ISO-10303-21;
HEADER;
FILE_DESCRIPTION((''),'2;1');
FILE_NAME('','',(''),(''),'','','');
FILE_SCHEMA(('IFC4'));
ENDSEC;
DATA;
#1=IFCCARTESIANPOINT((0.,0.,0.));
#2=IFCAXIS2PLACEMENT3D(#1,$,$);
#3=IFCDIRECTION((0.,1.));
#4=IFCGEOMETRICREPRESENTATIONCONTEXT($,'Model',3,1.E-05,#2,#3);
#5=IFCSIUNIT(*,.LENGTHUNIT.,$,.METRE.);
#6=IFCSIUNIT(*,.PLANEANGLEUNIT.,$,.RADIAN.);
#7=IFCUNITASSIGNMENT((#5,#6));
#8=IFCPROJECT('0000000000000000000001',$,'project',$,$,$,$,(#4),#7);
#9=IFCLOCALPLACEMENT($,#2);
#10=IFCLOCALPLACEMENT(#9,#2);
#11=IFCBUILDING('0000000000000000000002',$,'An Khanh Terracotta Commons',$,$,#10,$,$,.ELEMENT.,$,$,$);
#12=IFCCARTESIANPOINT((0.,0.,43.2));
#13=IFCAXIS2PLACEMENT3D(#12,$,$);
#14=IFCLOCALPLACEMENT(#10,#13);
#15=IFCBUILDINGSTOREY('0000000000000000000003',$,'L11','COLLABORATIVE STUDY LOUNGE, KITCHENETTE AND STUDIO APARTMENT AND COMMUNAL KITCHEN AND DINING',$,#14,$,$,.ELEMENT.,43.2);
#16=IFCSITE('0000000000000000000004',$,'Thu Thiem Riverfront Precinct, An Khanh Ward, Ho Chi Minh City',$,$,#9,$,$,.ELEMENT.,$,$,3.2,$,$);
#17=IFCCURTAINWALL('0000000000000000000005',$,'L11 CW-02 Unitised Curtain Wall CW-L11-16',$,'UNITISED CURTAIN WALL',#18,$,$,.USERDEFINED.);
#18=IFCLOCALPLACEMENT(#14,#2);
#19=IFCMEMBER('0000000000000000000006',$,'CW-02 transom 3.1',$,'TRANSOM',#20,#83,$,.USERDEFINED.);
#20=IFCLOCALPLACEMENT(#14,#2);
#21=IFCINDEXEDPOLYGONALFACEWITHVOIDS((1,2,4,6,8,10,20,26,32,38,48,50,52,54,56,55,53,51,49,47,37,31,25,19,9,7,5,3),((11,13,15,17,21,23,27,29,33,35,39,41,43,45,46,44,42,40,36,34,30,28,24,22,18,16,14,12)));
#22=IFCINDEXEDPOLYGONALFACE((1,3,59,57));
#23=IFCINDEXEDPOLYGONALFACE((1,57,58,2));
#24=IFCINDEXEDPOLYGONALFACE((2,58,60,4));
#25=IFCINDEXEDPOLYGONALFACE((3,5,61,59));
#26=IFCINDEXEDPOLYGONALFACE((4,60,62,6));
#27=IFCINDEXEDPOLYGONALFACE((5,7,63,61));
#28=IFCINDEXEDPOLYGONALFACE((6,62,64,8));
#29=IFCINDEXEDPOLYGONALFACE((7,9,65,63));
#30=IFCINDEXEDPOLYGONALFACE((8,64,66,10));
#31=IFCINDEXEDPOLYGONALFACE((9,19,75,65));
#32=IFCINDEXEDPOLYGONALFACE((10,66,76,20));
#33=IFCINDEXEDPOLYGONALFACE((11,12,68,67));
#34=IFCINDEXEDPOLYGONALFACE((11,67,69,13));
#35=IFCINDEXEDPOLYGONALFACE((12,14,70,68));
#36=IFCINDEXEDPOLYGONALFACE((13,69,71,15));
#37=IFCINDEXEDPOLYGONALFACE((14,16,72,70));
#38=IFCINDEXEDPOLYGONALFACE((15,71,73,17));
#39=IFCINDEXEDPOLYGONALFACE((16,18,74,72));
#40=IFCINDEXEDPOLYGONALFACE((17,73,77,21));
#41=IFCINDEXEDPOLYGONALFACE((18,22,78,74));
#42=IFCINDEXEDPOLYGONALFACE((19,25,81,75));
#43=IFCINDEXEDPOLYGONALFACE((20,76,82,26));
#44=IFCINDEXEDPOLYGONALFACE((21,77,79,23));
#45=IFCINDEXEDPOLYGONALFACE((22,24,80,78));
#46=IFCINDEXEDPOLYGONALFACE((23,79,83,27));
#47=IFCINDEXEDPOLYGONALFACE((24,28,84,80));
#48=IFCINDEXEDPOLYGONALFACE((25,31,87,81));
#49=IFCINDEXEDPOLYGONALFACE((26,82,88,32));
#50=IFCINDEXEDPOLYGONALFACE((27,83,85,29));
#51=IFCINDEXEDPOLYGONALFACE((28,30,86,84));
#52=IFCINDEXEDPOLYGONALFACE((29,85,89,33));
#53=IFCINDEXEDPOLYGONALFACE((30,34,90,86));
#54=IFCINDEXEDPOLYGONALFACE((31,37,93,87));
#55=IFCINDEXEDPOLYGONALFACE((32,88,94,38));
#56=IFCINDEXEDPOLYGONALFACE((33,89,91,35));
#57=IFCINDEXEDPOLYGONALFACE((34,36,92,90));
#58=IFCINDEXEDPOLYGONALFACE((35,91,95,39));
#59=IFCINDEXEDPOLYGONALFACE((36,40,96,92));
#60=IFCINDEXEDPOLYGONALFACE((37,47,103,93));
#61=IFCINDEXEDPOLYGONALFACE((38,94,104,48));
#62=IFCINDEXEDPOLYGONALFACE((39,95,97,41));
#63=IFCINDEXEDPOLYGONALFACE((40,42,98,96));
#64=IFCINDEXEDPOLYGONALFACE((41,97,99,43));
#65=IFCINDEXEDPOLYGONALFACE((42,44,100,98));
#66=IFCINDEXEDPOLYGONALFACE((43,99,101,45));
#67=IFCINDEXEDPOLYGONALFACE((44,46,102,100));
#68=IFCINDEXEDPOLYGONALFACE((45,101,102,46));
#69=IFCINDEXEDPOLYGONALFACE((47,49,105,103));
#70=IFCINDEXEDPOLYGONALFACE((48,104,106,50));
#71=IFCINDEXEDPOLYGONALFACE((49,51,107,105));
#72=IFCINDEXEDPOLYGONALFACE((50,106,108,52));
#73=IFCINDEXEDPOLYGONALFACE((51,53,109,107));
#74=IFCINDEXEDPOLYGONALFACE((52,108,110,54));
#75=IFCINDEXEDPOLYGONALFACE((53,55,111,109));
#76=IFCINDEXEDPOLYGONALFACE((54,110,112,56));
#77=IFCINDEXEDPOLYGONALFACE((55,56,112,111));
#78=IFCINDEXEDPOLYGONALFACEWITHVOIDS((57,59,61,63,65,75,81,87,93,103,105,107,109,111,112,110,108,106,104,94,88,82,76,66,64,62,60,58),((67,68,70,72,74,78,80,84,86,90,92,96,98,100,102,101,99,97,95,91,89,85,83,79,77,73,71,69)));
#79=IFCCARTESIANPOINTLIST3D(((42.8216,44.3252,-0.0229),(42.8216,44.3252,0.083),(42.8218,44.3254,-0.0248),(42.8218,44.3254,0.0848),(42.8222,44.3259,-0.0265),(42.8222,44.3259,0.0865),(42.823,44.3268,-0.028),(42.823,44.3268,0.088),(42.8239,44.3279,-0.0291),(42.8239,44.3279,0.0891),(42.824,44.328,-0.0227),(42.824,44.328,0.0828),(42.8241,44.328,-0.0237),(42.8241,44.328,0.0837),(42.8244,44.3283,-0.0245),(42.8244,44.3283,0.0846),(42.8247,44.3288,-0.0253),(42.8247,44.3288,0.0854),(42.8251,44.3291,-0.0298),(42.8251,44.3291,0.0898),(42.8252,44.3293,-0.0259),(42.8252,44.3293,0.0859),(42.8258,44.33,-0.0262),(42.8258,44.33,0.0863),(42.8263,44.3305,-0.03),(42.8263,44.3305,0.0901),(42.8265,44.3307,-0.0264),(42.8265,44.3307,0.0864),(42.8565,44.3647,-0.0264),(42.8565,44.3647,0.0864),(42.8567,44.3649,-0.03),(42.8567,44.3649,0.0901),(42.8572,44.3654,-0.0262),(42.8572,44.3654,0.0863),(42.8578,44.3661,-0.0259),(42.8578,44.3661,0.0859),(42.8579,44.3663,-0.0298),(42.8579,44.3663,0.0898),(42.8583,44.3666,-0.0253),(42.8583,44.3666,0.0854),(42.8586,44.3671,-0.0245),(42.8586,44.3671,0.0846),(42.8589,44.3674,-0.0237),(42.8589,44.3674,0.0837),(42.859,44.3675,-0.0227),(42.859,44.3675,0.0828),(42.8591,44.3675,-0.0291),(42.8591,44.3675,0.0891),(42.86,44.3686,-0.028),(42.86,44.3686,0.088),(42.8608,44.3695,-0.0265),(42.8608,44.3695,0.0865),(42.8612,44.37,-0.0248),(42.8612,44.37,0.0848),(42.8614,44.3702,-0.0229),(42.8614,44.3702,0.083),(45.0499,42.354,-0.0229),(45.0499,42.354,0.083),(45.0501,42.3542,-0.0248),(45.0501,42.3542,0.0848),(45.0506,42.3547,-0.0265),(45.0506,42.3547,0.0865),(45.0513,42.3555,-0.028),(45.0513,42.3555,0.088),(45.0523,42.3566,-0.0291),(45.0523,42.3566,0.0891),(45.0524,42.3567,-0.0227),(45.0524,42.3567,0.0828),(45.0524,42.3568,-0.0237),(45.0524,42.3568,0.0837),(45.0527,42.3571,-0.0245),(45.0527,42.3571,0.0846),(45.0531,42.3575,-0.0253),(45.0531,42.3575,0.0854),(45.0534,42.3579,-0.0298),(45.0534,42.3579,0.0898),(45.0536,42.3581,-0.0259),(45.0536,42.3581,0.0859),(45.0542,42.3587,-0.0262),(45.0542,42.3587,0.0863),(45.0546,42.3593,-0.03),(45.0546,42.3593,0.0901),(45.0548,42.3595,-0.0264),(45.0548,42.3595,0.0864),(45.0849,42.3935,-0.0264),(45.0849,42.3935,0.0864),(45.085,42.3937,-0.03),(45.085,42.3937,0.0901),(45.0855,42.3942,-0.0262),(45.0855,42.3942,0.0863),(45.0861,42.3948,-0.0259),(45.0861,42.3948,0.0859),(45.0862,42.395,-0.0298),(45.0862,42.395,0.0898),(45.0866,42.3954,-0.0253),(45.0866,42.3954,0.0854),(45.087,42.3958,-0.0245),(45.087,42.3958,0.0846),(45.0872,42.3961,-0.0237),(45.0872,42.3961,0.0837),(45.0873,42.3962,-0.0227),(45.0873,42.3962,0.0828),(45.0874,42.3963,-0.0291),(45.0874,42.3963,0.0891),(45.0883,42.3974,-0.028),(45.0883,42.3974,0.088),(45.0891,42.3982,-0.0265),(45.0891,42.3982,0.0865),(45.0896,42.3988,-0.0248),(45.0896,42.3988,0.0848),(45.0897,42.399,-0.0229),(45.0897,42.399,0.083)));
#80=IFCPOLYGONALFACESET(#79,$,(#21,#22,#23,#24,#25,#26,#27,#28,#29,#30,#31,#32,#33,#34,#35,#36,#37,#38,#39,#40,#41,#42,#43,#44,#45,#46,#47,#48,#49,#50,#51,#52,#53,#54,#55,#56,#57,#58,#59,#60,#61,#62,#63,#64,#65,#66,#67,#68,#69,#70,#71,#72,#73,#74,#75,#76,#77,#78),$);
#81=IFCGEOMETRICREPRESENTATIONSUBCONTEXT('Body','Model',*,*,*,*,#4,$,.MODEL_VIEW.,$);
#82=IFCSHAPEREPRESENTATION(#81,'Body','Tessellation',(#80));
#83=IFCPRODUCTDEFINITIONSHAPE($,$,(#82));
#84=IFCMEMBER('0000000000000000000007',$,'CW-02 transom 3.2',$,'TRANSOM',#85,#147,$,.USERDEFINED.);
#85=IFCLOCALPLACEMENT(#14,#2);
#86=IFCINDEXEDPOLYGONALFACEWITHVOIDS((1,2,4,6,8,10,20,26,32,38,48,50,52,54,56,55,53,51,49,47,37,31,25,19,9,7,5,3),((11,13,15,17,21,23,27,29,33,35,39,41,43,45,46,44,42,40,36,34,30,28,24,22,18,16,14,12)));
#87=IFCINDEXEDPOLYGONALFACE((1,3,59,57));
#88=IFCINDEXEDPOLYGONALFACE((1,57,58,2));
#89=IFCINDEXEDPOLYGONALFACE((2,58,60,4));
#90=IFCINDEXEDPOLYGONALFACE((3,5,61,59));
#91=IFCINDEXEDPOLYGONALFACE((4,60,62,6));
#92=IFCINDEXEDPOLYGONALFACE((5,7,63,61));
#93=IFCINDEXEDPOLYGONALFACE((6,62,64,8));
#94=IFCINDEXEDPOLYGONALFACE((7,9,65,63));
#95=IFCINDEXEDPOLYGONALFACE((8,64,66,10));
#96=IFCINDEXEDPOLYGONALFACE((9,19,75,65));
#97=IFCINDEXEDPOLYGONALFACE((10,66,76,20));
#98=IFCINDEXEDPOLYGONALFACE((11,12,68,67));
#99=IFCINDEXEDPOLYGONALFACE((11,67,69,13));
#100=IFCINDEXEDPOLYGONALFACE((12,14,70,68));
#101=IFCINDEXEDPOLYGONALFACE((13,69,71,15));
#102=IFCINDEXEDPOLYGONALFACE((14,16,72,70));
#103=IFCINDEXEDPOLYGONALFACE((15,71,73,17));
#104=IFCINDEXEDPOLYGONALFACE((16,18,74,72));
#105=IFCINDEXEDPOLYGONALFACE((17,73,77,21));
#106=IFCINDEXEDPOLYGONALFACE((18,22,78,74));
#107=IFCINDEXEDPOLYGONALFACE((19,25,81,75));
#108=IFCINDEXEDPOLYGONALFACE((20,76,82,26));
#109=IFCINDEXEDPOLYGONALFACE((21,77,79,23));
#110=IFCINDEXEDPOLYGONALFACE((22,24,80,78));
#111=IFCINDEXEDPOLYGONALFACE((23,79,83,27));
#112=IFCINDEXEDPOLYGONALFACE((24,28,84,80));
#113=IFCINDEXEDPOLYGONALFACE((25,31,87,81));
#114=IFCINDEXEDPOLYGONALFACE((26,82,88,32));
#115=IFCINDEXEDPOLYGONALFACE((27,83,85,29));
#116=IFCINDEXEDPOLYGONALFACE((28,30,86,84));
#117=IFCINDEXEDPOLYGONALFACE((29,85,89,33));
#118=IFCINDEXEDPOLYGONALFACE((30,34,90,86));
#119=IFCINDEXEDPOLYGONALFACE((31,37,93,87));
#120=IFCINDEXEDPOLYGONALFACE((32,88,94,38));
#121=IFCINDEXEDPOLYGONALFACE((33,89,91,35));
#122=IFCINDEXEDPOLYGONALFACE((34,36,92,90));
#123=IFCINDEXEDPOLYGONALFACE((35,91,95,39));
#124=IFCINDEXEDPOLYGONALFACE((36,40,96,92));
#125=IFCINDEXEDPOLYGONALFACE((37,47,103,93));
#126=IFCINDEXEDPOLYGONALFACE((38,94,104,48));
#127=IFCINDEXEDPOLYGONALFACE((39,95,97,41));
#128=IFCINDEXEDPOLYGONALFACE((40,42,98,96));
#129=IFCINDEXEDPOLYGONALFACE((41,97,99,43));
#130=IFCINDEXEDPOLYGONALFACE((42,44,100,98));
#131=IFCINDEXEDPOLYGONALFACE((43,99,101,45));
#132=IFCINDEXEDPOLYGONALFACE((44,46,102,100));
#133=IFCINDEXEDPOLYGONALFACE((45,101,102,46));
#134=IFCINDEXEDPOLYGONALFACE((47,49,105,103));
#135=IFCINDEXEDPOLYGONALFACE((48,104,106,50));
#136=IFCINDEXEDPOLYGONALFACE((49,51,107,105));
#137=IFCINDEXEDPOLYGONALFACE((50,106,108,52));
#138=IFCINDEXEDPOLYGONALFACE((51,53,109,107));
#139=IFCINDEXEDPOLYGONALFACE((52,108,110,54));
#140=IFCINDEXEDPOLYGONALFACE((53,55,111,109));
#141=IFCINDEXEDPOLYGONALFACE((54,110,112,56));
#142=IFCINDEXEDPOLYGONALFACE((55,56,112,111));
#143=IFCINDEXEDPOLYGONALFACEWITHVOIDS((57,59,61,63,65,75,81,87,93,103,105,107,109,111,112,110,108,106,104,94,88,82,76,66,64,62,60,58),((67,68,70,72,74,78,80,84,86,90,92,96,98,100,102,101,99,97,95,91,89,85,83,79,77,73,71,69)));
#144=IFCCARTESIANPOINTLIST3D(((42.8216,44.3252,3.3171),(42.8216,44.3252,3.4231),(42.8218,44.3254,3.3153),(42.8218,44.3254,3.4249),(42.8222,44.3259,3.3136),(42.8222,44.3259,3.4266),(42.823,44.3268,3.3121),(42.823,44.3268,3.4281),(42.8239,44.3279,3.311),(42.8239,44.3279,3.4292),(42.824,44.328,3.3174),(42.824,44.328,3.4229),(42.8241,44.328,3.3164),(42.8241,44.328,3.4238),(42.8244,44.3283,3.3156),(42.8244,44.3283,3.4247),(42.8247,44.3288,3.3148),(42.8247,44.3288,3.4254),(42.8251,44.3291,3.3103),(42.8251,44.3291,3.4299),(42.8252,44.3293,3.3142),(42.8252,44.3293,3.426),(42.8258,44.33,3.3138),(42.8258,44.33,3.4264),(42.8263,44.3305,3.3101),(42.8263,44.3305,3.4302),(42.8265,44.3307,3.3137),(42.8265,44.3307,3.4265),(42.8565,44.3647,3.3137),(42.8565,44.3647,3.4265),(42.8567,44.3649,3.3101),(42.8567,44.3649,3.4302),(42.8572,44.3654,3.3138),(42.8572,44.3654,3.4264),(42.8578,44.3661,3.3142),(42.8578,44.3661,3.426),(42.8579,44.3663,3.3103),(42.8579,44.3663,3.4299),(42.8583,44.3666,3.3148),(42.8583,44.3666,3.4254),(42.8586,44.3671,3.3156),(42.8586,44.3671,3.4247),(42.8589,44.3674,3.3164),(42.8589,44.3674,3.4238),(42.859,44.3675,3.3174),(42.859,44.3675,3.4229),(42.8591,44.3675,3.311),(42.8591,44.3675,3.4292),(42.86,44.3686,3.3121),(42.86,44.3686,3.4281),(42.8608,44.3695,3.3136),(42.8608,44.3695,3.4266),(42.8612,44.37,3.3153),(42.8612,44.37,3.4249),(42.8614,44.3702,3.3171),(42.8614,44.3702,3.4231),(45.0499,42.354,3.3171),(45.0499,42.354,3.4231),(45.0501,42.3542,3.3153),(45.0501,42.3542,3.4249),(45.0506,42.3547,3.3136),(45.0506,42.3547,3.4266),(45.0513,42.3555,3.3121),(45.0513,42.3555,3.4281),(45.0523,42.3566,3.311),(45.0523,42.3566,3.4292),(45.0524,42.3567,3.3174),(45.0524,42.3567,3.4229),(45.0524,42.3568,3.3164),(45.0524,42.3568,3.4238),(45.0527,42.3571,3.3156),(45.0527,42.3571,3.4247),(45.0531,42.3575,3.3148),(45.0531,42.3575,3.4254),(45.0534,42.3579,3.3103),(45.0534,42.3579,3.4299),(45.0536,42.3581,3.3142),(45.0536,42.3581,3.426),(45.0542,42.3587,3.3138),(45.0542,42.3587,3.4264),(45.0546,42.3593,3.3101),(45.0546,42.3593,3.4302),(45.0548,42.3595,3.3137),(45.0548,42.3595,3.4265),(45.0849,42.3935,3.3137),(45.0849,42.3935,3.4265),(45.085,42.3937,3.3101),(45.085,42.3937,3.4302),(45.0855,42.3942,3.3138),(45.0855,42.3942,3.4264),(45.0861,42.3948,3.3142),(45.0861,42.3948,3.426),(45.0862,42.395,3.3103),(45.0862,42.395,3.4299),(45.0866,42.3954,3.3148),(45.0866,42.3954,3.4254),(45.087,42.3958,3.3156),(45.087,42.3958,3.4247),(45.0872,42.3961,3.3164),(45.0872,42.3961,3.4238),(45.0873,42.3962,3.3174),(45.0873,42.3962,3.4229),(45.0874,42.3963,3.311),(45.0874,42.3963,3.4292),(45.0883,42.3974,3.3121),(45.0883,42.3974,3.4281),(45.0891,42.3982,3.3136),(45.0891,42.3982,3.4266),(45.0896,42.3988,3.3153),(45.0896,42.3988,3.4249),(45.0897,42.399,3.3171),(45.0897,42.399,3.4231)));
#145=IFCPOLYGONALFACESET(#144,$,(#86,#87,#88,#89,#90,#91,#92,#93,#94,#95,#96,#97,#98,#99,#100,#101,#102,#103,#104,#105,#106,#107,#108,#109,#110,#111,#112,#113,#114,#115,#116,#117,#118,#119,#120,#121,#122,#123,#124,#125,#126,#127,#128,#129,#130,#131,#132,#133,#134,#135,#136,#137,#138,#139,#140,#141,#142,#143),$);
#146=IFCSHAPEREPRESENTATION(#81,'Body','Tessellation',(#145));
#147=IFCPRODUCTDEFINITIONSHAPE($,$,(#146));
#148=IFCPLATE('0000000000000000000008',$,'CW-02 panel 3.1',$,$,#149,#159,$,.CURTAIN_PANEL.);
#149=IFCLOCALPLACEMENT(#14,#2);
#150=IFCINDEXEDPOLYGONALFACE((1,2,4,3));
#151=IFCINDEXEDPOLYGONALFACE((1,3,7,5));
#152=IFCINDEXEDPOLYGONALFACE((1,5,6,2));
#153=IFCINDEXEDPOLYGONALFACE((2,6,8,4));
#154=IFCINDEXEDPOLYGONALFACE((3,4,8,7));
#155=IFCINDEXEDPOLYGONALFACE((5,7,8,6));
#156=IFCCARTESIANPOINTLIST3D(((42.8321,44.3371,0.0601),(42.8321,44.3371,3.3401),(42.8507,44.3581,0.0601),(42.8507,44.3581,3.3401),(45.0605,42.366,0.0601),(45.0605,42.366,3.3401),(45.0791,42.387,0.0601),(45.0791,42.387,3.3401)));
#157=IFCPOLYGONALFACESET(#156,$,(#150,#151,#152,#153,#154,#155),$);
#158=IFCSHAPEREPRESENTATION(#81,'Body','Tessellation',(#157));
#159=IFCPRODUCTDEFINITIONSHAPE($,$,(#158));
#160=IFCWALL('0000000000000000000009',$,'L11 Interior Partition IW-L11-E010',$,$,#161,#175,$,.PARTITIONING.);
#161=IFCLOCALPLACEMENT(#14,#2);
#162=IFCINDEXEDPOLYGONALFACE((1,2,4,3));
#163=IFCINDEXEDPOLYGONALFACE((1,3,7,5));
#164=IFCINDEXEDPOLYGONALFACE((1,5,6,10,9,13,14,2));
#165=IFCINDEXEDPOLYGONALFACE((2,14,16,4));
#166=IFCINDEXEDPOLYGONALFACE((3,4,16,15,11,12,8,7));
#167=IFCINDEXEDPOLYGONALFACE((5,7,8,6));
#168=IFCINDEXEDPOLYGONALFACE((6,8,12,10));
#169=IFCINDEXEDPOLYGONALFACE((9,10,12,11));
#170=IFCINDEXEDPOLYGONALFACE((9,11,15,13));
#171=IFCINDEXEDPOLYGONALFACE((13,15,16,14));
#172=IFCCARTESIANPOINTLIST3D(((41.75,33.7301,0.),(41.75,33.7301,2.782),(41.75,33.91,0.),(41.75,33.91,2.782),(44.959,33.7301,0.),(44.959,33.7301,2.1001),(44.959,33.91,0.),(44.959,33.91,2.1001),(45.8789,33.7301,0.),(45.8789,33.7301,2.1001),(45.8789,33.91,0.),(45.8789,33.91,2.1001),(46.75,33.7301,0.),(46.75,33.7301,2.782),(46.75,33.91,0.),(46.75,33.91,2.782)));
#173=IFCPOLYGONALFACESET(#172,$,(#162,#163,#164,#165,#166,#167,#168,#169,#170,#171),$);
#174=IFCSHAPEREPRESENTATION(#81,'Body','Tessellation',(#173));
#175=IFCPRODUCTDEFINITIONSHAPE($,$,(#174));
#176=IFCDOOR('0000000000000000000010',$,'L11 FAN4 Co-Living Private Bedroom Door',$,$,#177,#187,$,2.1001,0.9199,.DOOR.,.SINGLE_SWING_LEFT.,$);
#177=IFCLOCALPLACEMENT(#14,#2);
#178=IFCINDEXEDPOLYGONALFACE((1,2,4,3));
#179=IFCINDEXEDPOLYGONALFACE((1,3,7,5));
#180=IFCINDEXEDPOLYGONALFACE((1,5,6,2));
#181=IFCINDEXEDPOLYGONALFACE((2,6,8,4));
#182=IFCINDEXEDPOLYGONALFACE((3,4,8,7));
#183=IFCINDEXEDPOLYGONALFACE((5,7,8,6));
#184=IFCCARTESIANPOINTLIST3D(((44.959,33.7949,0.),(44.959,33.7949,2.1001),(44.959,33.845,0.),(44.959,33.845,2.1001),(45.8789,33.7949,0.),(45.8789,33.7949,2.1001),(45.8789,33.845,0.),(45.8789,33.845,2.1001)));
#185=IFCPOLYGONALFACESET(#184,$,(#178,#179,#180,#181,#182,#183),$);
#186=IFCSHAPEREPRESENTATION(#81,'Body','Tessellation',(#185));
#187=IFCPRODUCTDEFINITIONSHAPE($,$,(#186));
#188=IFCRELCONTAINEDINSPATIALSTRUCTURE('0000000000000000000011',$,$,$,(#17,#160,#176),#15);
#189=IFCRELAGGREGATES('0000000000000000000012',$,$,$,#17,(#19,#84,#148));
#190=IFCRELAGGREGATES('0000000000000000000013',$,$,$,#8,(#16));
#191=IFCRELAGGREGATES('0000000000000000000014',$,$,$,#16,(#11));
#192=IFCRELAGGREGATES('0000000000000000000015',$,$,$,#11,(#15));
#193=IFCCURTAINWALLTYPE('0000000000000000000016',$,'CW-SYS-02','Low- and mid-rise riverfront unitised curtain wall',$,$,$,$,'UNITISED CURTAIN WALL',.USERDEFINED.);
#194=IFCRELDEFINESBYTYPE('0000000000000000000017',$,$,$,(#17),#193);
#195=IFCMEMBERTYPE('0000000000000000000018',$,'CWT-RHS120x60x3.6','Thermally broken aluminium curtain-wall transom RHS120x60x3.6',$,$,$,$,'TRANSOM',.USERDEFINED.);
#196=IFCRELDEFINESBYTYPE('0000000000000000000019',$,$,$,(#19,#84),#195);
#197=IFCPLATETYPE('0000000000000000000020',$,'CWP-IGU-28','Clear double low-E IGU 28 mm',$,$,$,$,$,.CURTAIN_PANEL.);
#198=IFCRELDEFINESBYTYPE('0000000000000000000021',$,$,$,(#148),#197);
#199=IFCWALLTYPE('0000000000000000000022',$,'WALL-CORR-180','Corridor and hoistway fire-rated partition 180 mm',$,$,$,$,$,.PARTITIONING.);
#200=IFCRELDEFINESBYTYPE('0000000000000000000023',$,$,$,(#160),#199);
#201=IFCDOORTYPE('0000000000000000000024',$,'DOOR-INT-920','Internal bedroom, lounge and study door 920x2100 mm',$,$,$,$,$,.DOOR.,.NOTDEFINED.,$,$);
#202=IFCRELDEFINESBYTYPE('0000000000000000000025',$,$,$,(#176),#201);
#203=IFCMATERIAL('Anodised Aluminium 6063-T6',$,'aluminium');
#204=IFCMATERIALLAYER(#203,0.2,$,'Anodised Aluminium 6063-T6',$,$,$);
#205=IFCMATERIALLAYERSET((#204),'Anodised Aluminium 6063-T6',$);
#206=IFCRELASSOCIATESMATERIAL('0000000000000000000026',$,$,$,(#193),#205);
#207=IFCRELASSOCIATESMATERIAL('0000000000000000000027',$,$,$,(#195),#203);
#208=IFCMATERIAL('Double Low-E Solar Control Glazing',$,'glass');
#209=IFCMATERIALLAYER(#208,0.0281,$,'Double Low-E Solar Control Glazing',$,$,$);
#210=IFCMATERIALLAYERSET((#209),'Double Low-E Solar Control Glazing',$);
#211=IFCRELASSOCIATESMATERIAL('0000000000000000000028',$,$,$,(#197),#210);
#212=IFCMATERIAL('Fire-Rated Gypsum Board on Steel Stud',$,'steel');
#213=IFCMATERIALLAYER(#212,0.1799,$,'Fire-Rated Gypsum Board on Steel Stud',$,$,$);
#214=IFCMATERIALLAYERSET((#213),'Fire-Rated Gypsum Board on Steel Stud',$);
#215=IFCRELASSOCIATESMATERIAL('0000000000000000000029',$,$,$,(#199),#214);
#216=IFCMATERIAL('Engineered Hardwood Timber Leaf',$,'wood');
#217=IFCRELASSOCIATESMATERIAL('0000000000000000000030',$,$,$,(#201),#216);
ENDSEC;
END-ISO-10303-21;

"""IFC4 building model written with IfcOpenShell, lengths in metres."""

from ifc_helpers import new_model, si_unit, direction, frame, frame_2d, origin, origin_2d, place, context, subcontext, project, spatial, rectangle, hollow_rectangle, extrude, material, layer, layer_set, material_profile, profile_set, type_object, element, fill, aggregate, save


model = new_model("IFC4")

# Units and contexts
model_context = context("Model", 3, precision=1e-05, world=origin(), true_north=direction((0.0, 1.0)))
body_context = subcontext(model_context, "Body", "Model", "MODEL_VIEW")
ifc_project = project(units=[si_unit("LENGTHUNIT", "METRE"), si_unit("PLANEANGLEUNIT", "RADIAN")], contexts=[model_context])

# Site, building, storey
site_placement = place(None, origin())
site = spatial("IfcSite", under=ifc_project, at=site_placement, Name="Thu Thiem Riverfront Precinct, An Khanh Ward, Ho Chi Minh City", CompositionType="ELEMENT", RefElevation=3.2)
building_placement = place(site_placement, origin())
building = spatial("IfcBuilding", under=site, at=building_placement, Name="An Khanh Terracotta Commons", CompositionType="ELEMENT")
storey_placement = place(building_placement, frame((0.0, 0.0, 43.2)))
storey = spatial("IfcBuildingStorey", under=building, at=storey_placement, Name="L11", Description="COLLABORATIVE STUDY LOUNGE, KITCHENETTE AND STUDIO APARTMENT AND COMMUNAL KITCHEN AND DINING", CompositionType="ELEMENT", Elevation=43.2)

# Curtain wall, members, plate
ifc_material_1 = material(Name="Anodised Aluminium 6063-T6", Category="aluminium")
ifc_layer_1 = layer(ifc_material_1, 0.2, Name="Anodised Aluminium 6063-T6")
ifc_layer_set_1 = layer_set([ifc_layer_1], Name="Anodised Aluminium 6063-T6")
curtain_wall_type = type_object("IfcCurtainWallType", Name="CW-SYS-02", Description="Low- and mid-rise riverfront unitised curtain wall", ElementType="UNITISED CURTAIN WALL", PredefinedType="USERDEFINED", material=ifc_layer_set_1)
curtain_wall_placement = place(storey_placement, origin())
curtain_wall = element("IfcCurtainWall", 1, at=curtain_wall_placement, inside=storey, type_object=curtain_wall_type, Name="L11 CW-02 Unitised Curtain Wall CW-L11-16", ObjectType="UNITISED CURTAIN WALL", PredefinedType="USERDEFINED")
ifc_material_profile_1 = material_profile(ifc_material_1, hollow_rectangle(XDim=0.0601, YDim=0.1201, WallThickness=0.0037, InnerFilletRadius=0.0037, OuterFilletRadius=0.0071, at=origin_2d()), Name="RHS120x60x3.6")
ifc_profile_set_1 = profile_set([ifc_material_profile_1], Name="Anodised Aluminium 6063-T6")
member_type_1 = type_object("IfcMemberType", Name="CWT-RHS120x60x3.6", Description="Thermally broken aluminium curtain-wall transom RHS120x60x3.6", ElementType="TRANSOM", PredefinedType="USERDEFINED", material=ifc_profile_set_1)
member_1_placement = place(storey_placement, frame((45.0698, 42.3765, 0.03), z_axis=(-0.748992, 0.662579, 0.0), x_axis=(-0.662579, -0.748992, 0.0)))
member_1 = element("IfcMember", 2, at=member_1_placement, type_object=member_type_1, Name="CW-02 transom 3.1", ObjectType="TRANSOM", PredefinedType="USERDEFINED", context=body_context, shape_type="SweptSolid", body=[
    extrude(hollow_rectangle(XDim=0.0601, YDim=0.1201, WallThickness=0.0037, InnerFilletRadius=0.0037, OuterFilletRadius=0.0071, at=origin_2d()), origin(), (0.0, 0.0, 1.0), 2.9751),
])
member_2_placement = place(storey_placement, frame((45.0698, 42.3765, 3.3701), z_axis=(-0.748992, 0.662579, 0.0), x_axis=(-0.662579, -0.748992, 0.0)))
member_2 = element("IfcMember", 3, at=member_2_placement, type_object=member_type_1, Name="CW-02 transom 3.2", ObjectType="TRANSOM", PredefinedType="USERDEFINED", context=body_context, shape_type="SweptSolid", body=[
    extrude(hollow_rectangle(XDim=0.0601, YDim=0.1201, WallThickness=0.0037, InnerFilletRadius=0.0037, OuterFilletRadius=0.0071, at=origin_2d()), origin(), (0.0, 0.0, 1.0), 2.9751),
])
ifc_material_2 = material(Name="Double Low-E Solar Control Glazing", Category="glass")
ifc_layer_2 = layer(ifc_material_2, 0.0281, Name="Double Low-E Solar Control Glazing")
ifc_layer_set_2 = layer_set([ifc_layer_2], Name="Double Low-E Solar Control Glazing")
plate_type = type_object("IfcPlateType", Name="CWP-IGU-28", Description="Clear double low-E IGU 28 mm", PredefinedType="CURTAIN_PANEL", material=ifc_layer_set_2)
plate_placement = place(storey_placement, frame((43.9556, 43.3621, 0.0601), z_axis=(0.0, 0.0, 1.0), x_axis=(-0.749019, 0.662548, 0.0)))
plate = element("IfcPlate", 4, at=plate_placement, type_object=plate_type, Name="CW-02 panel 3.1", PredefinedType="CURTAIN_PANEL", context=body_context, shape_type="SweptSolid", body=[
    extrude(rectangle(XDim=2.9751, YDim=0.0281, at=origin_2d()), origin(), (0.0, 0.0, 1.0), 3.28),
])
aggregate(curtain_wall, [member_1, member_2, plate])

# Wall, opening, door
ifc_material_3 = material(Name="Fire-Rated Gypsum Board on Steel Stud", Category="steel")
ifc_layer_3 = layer(ifc_material_3, 0.1799, Name="Fire-Rated Gypsum Board on Steel Stud")
ifc_layer_set_3 = layer_set([ifc_layer_3], Name="Fire-Rated Gypsum Board on Steel Stud")
wall_type_1 = type_object("IfcWallType", Name="WALL-CORR-180", Description="Corridor and hoistway fire-rated partition 180 mm", PredefinedType="PARTITIONING", material=ifc_layer_set_3)
wall_1_placement = place(storey_placement, frame((41.75, 33.8201, 0.0), z_axis=(0.0, 0.0, 1.0), x_axis=(1.0, 0.0, 0.0)))
wall_1 = element("IfcWall", 5, at=wall_1_placement, inside=storey, type_object=wall_type_1, Name="L11 Interior Partition IW-L11-E010", PredefinedType="PARTITIONING", context=body_context, shape_type="SweptSolid", body=[
    extrude(rectangle(XDim=5.0, YDim=0.1799, at=frame_2d((2.5, 0.0))), origin(), (0.0, 0.0, 1.0), 2.782),
])
opening_1_placement = place(wall_1_placement, frame((3.209, 0.0, 0.0)))
opening_1 = element("IfcOpeningElement", 6, at=opening_1_placement, cuts=wall_1, PredefinedType="OPENING", context=body_context, shape_type="SweptSolid", body=[
    extrude(rectangle(XDim=0.9199, YDim=2.1001, at=frame_2d((0.46, 1.05))), frame((0.0, 0.0999, 0.0), z_axis=(0.0, -1.0, 0.0), x_axis=(1.0, 0.0, 0.0)), (0.0, 0.0, 1.0), 0.2),
])
ifc_material_4 = material(Name="Engineered Hardwood Timber Leaf", Category="wood")
door_type_1 = type_object("IfcDoorType", Name="DOOR-INT-920", Description="Internal bedroom, lounge and study door 920x2100 mm", OperationType="NOTDEFINED", PredefinedType="DOOR", material=ifc_material_4)
door_1_placement = place(opening_1_placement, origin())
door_1 = element("IfcDoor", 7, at=door_1_placement, inside=storey, type_object=door_type_1, Name="L11 FAN4 Co-Living Private Bedroom Door", OperationType="SINGLE_SWING_LEFT", OverallHeight=2.1001, OverallWidth=0.9199, PredefinedType="DOOR", context=body_context, shape_type="SweptSolid", body=[
    extrude(rectangle(XDim=0.9199, YDim=2.1001, at=frame_2d((0.46, 1.05))), frame((0.0, 0.0249, 0.0), z_axis=(0.0, -1.0, 0.0), x_axis=(1.0, 0.0, 0.0)), (0.0, 0.0, 1.0), 0.05),
])
fill(opening_1, door_1)

save(model, "model.ifc")
